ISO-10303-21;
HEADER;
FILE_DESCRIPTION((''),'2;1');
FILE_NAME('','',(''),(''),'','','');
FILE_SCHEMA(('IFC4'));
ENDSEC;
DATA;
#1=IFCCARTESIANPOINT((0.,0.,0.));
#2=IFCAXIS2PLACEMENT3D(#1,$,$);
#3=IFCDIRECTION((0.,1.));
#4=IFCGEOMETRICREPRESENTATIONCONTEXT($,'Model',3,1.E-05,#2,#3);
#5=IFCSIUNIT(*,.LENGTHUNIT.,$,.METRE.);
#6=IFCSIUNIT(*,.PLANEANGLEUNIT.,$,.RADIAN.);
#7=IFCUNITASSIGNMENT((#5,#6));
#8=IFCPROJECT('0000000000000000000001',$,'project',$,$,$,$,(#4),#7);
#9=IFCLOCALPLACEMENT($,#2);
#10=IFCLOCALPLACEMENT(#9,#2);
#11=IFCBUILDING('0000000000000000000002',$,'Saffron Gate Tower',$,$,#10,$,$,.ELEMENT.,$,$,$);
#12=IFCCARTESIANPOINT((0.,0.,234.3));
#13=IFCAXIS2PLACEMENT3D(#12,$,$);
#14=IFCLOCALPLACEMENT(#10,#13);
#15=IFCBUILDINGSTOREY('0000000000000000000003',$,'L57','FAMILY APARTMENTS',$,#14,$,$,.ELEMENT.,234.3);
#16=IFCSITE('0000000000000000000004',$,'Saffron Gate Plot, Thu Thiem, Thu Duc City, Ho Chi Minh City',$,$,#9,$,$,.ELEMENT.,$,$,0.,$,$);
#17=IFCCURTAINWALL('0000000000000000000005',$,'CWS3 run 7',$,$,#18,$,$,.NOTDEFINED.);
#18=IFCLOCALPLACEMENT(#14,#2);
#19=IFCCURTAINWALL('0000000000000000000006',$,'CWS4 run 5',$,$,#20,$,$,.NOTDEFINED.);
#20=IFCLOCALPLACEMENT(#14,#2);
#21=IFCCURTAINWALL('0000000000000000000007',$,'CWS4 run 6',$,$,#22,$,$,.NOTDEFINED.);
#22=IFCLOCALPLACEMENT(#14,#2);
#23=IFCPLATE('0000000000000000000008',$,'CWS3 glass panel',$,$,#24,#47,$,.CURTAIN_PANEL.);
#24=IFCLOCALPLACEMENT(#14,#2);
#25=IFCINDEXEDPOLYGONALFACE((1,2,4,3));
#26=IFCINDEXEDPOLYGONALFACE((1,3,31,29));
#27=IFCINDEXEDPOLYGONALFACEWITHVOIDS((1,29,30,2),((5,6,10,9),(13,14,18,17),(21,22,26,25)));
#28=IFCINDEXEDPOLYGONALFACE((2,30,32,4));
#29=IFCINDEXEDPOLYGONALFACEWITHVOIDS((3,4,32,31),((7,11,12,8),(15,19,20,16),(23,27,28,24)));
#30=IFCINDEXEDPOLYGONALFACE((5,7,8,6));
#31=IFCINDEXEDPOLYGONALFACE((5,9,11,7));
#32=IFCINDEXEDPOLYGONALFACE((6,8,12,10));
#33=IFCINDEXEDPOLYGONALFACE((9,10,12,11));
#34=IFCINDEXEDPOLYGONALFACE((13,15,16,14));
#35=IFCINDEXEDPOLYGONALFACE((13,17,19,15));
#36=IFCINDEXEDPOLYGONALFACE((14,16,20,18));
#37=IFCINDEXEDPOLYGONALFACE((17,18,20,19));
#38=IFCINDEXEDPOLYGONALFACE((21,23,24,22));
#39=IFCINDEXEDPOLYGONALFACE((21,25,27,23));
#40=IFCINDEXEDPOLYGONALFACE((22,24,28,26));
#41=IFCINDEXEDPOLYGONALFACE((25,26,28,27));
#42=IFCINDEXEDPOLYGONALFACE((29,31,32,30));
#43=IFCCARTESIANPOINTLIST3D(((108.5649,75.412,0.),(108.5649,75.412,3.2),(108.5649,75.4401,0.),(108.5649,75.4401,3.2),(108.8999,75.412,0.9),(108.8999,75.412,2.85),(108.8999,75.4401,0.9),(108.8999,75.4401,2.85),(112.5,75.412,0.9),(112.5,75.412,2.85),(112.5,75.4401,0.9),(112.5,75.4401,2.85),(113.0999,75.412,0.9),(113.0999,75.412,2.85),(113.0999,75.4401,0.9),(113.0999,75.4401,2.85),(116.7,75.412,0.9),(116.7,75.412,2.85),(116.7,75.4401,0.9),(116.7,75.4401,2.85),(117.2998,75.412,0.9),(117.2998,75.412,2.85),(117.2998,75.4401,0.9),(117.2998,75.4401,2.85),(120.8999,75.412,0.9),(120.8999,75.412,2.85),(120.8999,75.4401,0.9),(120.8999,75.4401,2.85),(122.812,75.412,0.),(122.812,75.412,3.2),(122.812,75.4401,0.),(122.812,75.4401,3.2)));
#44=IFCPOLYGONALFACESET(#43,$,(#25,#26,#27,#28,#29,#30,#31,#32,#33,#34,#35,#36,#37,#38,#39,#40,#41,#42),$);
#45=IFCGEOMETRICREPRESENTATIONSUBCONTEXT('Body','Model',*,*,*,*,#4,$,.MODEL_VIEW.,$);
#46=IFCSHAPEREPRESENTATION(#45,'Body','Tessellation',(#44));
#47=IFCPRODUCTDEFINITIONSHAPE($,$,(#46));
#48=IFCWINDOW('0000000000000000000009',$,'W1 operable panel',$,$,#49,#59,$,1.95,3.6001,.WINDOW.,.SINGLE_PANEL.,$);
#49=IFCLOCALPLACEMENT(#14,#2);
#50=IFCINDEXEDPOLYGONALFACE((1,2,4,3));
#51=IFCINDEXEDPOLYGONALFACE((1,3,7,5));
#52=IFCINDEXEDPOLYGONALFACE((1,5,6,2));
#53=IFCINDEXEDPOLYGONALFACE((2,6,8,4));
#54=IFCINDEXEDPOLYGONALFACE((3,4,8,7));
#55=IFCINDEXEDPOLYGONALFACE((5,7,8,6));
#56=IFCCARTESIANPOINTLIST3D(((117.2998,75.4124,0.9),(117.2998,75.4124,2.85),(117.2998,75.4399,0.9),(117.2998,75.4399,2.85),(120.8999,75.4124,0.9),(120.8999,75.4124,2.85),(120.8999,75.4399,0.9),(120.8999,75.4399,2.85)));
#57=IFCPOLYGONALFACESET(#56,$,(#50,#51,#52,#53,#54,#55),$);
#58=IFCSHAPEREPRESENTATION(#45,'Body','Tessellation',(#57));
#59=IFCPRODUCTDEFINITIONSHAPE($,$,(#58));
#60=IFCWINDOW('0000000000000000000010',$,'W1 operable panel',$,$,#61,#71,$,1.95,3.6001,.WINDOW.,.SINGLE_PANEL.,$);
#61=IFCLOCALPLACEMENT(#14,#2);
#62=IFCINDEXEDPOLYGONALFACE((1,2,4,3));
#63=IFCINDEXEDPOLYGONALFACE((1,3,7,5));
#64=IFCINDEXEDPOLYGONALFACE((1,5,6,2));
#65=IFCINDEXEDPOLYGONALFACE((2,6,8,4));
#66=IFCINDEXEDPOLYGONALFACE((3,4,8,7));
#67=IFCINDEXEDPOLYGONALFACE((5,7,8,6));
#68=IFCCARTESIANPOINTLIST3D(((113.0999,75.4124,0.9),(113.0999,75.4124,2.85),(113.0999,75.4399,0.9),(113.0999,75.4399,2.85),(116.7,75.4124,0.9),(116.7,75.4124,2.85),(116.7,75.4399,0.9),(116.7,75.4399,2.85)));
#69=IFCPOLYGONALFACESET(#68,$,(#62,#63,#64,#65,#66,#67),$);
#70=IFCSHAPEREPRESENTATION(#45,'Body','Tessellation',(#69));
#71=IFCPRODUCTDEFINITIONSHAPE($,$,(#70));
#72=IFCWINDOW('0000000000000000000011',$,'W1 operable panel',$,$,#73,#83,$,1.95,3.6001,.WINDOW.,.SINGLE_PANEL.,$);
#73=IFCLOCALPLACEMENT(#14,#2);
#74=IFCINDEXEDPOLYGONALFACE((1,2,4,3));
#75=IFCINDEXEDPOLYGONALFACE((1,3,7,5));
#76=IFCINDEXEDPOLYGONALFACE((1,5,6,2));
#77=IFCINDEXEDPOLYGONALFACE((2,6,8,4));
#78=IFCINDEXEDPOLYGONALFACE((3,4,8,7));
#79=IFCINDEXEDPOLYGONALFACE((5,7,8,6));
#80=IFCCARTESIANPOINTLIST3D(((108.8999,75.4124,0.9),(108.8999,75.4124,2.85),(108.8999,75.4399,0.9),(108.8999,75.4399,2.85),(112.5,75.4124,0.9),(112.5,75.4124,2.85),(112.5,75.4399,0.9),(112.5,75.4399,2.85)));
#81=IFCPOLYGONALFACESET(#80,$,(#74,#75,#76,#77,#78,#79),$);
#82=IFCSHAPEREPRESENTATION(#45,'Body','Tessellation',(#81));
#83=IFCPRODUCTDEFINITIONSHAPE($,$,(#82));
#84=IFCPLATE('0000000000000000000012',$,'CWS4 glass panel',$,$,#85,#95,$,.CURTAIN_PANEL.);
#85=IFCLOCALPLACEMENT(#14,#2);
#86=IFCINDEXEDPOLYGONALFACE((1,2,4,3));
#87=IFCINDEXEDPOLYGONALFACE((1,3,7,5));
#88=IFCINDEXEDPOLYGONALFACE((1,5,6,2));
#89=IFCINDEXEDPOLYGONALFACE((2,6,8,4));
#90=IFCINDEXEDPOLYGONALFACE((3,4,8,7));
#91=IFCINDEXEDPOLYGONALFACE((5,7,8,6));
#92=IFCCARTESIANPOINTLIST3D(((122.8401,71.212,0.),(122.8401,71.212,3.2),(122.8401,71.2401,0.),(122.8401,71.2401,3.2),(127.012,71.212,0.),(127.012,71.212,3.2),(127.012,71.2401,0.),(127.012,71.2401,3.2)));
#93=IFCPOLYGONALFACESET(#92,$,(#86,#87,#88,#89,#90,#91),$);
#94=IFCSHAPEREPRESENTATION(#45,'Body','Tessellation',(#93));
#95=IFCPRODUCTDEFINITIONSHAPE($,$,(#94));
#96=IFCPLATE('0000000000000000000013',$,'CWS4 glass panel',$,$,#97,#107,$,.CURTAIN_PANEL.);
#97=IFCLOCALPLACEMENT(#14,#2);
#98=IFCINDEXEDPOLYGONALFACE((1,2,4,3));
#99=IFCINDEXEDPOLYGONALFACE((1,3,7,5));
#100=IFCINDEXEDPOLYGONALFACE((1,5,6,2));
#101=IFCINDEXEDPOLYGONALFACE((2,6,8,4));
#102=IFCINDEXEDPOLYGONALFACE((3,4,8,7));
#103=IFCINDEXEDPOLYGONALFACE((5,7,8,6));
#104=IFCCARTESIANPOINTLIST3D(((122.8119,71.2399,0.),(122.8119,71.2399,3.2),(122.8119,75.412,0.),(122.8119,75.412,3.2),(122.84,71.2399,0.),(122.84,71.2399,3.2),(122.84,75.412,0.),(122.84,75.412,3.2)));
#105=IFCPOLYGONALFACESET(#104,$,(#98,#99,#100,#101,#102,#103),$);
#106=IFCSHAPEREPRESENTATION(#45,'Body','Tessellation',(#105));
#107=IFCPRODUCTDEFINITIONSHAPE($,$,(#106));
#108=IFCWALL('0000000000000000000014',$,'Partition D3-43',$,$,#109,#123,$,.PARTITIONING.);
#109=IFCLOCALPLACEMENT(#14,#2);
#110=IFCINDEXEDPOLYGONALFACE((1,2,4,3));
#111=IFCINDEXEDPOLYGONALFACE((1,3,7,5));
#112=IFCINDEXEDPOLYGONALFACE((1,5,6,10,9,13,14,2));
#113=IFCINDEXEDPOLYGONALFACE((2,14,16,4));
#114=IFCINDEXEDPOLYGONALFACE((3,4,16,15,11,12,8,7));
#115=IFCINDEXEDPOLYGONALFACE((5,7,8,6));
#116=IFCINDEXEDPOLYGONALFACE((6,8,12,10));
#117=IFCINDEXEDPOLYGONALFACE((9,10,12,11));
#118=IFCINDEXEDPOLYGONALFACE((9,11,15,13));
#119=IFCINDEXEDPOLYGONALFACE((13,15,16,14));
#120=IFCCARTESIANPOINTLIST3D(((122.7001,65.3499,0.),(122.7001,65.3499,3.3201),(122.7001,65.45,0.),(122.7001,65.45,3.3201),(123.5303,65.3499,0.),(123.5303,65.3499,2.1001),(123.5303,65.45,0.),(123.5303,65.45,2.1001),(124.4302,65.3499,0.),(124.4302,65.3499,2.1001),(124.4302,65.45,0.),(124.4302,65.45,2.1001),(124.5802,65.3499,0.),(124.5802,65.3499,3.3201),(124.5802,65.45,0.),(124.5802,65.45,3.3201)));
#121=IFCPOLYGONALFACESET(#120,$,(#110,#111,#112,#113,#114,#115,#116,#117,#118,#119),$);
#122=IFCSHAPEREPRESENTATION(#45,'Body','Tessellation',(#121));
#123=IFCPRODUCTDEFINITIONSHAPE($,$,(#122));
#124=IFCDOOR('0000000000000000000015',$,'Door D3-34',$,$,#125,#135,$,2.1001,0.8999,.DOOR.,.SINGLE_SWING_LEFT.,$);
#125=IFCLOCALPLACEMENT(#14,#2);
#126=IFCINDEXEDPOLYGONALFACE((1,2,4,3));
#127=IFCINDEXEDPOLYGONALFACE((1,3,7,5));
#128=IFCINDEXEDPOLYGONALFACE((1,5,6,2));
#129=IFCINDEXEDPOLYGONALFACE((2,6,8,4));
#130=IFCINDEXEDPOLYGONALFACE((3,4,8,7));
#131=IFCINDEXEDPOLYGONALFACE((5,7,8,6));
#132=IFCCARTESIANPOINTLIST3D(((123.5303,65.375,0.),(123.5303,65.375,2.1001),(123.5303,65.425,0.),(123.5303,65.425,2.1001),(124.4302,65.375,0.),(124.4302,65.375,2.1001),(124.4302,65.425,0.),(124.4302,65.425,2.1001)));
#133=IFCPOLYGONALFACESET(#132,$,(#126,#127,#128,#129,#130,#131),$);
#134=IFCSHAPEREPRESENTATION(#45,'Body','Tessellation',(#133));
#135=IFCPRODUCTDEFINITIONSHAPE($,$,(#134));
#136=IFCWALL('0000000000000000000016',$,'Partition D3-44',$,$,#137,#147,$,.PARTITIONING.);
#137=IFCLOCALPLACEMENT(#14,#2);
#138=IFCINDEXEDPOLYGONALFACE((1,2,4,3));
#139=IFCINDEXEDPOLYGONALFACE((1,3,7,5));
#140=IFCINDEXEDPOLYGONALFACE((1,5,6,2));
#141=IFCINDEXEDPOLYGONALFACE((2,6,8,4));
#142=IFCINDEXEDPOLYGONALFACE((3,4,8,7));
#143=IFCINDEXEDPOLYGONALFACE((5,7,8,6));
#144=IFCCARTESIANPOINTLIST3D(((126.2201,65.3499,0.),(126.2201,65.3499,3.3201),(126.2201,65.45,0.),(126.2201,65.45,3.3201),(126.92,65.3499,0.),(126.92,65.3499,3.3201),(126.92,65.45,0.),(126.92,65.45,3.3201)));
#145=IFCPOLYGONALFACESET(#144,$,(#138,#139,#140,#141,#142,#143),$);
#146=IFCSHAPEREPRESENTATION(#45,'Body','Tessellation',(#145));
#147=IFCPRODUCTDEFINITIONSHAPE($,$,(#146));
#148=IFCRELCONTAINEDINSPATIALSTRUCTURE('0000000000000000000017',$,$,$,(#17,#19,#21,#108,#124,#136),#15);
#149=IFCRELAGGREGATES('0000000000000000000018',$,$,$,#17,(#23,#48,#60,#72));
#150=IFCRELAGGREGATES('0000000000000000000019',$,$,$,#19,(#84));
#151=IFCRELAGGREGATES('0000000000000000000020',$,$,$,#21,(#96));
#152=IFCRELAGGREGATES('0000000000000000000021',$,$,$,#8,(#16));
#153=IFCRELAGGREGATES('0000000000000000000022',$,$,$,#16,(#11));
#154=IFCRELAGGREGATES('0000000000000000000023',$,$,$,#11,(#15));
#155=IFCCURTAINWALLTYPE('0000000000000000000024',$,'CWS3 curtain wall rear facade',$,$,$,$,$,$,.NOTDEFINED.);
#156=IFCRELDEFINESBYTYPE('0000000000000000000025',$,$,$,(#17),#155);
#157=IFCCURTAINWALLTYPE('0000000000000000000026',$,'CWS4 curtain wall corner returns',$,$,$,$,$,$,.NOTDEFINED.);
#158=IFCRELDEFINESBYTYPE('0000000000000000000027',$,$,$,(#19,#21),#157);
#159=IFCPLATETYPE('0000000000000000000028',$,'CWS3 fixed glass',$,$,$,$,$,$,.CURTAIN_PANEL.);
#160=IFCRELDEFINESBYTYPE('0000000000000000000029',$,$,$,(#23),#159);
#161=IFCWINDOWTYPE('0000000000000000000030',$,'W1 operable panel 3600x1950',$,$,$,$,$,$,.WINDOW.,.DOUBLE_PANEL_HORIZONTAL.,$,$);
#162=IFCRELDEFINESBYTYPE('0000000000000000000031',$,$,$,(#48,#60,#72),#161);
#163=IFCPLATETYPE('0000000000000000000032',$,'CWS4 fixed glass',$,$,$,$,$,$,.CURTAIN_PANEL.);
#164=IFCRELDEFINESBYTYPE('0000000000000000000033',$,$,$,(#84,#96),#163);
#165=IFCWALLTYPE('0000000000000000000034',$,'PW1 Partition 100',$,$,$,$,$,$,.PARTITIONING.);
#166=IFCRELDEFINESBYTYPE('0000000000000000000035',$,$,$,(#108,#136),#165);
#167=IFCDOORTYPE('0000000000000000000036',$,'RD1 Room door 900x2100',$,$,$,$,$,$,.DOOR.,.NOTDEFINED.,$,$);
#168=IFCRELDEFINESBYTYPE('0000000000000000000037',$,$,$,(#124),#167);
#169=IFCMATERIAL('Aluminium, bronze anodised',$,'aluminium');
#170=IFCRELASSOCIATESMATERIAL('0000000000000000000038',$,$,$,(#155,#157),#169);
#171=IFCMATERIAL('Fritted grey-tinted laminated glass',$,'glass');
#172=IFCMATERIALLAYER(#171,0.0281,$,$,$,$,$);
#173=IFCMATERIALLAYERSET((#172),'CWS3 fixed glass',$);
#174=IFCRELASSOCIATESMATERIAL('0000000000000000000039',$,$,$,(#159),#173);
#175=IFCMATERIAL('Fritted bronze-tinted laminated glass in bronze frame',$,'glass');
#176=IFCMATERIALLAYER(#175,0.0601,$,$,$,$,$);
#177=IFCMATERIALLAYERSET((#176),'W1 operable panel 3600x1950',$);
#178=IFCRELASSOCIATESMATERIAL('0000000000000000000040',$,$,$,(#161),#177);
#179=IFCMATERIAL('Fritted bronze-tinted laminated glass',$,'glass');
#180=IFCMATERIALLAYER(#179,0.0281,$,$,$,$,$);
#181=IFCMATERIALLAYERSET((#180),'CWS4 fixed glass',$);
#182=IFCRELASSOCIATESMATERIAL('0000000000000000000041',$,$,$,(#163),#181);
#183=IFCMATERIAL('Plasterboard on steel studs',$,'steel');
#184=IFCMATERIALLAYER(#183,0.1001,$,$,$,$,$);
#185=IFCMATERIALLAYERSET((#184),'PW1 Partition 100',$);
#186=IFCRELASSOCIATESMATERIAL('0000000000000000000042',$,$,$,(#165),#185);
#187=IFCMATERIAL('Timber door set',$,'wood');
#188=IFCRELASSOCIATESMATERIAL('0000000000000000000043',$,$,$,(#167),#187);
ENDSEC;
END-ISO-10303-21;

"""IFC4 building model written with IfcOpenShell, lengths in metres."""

from ifc_helpers import new_model, si_unit, direction, frame, frame_2d, origin, place, context, subcontext, project, spatial, rectangle, extrude, material, layer, layer_set, type_object, element, fill, aggregate, save


model = new_model("IFC4")

# Units and contexts
model_context = context("Model", 3, precision=1e-05, world=origin(), true_north=direction((0.0, 1.0)))
body_context = subcontext(model_context, "Body", "Model", "MODEL_VIEW")
ifc_project = project(units=[si_unit("LENGTHUNIT", "METRE"), si_unit("PLANEANGLEUNIT", "RADIAN")], contexts=[model_context])

# Site, building, storey
site_placement = place(None, origin())
site = spatial("IfcSite", under=ifc_project, at=site_placement, Name="Saffron Gate Plot, Thu Thiem, Thu Duc City, Ho Chi Minh City", CompositionType="ELEMENT", RefElevation=0.0)
building_placement = place(site_placement, origin())
building = spatial("IfcBuilding", under=site, at=building_placement, Name="Saffron Gate Tower", CompositionType="ELEMENT")
storey_placement = place(building_placement, frame((0.0, 0.0, 234.3)))
storey = spatial("IfcBuildingStorey", under=building, at=storey_placement, Name="L57", Description="FAMILY APARTMENTS", CompositionType="ELEMENT", Elevation=234.3)

# Curtain wall
ifc_material_1 = material(Name="Aluminium, bronze anodised", Category="aluminium")
curtain_wall_type_1 = type_object("IfcCurtainWallType", Name="CWS3 curtain wall rear facade", PredefinedType="NOTDEFINED", material=ifc_material_1)
curtain_wall_1_placement = place(storey_placement, origin())
curtain_wall_1 = element("IfcCurtainWall", 1, at=curtain_wall_1_placement, inside=storey, type_object=curtain_wall_type_1, Name="CWS3 run 7", PredefinedType="NOTDEFINED")

# Curtain walls
curtain_wall_type_2 = type_object("IfcCurtainWallType", Name="CWS4 curtain wall corner returns", PredefinedType="NOTDEFINED", material=ifc_material_1)
curtain_wall_2_placement = place(storey_placement, origin())
curtain_wall_2 = element("IfcCurtainWall", 2, at=curtain_wall_2_placement, inside=storey, type_object=curtain_wall_type_2, Name="CWS4 run 5", PredefinedType="NOTDEFINED")
curtain_wall_3_placement = place(storey_placement, origin())
curtain_wall_3 = element("IfcCurtainWall", 3, at=curtain_wall_3_placement, inside=storey, type_object=curtain_wall_type_2, Name="CWS4 run 6", PredefinedType="NOTDEFINED")

# Plate, openings, windows
ifc_material_2 = material(Name="Fritted grey-tinted laminated glass", Category="glass")
ifc_layer_1 = layer(ifc_material_2, 0.0281)
ifc_layer_set_1 = layer_set([ifc_layer_1], Name="CWS3 fixed glass")
plate_type_1 = type_object("IfcPlateType", Name="CWS3 fixed glass", PredefinedType="CURTAIN_PANEL", material=ifc_layer_set_1)
plate_1_placement = place(storey_placement, frame((122.812, 75.426, 0.0), z_axis=(0.0, 0.0, 1.0), x_axis=(-1.0, 0.0, 0.0)))
plate_1 = element("IfcPlate", 4, at=plate_1_placement, type_object=plate_type_1, Name="CWS3 glass panel", PredefinedType="CURTAIN_PANEL", context=body_context, shape_type="SweptSolid", body=[
    extrude(rectangle(XDim=14.2471, YDim=0.0281, at=frame_2d((7.1235, 0.0))), origin(), (0.0, 0.0, 1.0), 3.2),
])
opening_1_placement = place(plate_1_placement, frame((1.9121, 0.0, 0.8999)))
opening_1 = element("IfcOpeningElement", 5, at=opening_1_placement, cuts=plate_1, PredefinedType="OPENING", context=body_context, shape_type="SweptSolid", body=[
    extrude(rectangle(XDim=3.6001, YDim=1.95, at=frame_2d((1.8, 0.9751))), frame((0.0, 0.0239, 0.0), z_axis=(0.0, -1.0, 0.0), x_axis=(1.0, 0.0, 0.0)), (0.0, 0.0, 1.0), 0.0481),
])
opening_2_placement = place(plate_1_placement, frame((6.1121, 0.0, 0.8999)))
opening_2 = element("IfcOpeningElement", 6, at=opening_2_placement, cuts=plate_1, PredefinedType="OPENING", context=body_context, shape_type="SweptSolid", body=[
    extrude(rectangle(XDim=3.6001, YDim=1.95, at=frame_2d((1.8, 0.9751))), frame((0.0, 0.0239, 0.0), z_axis=(0.0, -1.0, 0.0), x_axis=(1.0, 0.0, 0.0)), (0.0, 0.0, 1.0), 0.0481),
])
opening_3_placement = place(plate_1_placement, frame((10.312, 0.0, 0.8999)))
opening_3 = element("IfcOpeningElement", 7, at=opening_3_placement, cuts=plate_1, PredefinedType="OPENING", context=body_context, shape_type="SweptSolid", body=[
    extrude(rectangle(XDim=3.6001, YDim=1.95, at=frame_2d((1.8, 0.9751))), frame((0.0, 0.0239, 0.0), z_axis=(0.0, -1.0, 0.0), x_axis=(1.0, 0.0, 0.0)), (0.0, 0.0, 1.0), 0.0481),
])
ifc_material_3 = material(Name="Fritted bronze-tinted laminated glass in bronze frame", Category="glass")
ifc_layer_2 = layer(ifc_material_3, 0.0601)
ifc_layer_set_2 = layer_set([ifc_layer_2], Name="W1 operable panel 3600x1950")
window_type = type_object("IfcWindowType", Name="W1 operable panel 3600x1950", PartitioningType="DOUBLE_PANEL_HORIZONTAL", PredefinedType="WINDOW", material=ifc_layer_set_2)
window_1_placement = place(opening_1_placement, origin())
window_1 = element("IfcWindow", 8, at=window_1_placement, type_object=window_type, Name="W1 operable panel", OverallHeight=1.95, OverallWidth=3.6001, PartitioningType="SINGLE_PANEL", PredefinedType="WINDOW", context=body_context, shape_type="SweptSolid", body=[
    extrude(rectangle(XDim=3.6001, YDim=1.95, at=frame_2d((1.8, 0.9751))), frame((0.0, 0.0137, 0.0), z_axis=(0.0, -1.0, 0.0), x_axis=(1.0, 0.0, 0.0)), (0.0, 0.0, 1.0), 0.0276),
])
fill(opening_1, window_1)
window_2_placement = place(opening_2_placement, origin())
window_2 = element("IfcWindow", 9, at=window_2_placement, type_object=window_type, Name="W1 operable panel", OverallHeight=1.95, OverallWidth=3.6001, PartitioningType="SINGLE_PANEL", PredefinedType="WINDOW", context=body_context, shape_type="SweptSolid", body=[
    extrude(rectangle(XDim=3.6001, YDim=1.95, at=frame_2d((1.8, 0.9751))), frame((0.0, 0.0137, 0.0), z_axis=(0.0, -1.0, 0.0), x_axis=(1.0, 0.0, 0.0)), (0.0, 0.0, 1.0), 0.0276),
])
fill(opening_2, window_2)
window_3_placement = place(opening_3_placement, origin())
window_3 = element("IfcWindow", 10, at=window_3_placement, type_object=window_type, Name="W1 operable panel", OverallHeight=1.95, OverallWidth=3.6001, PartitioningType="SINGLE_PANEL", PredefinedType="WINDOW", context=body_context, shape_type="SweptSolid", body=[
    extrude(rectangle(XDim=3.6001, YDim=1.95, at=frame_2d((1.8, 0.9751))), frame((0.0, 0.0137, 0.0), z_axis=(0.0, -1.0, 0.0), x_axis=(1.0, 0.0, 0.0)), (0.0, 0.0, 1.0), 0.0276),
])
fill(opening_3, window_3)
aggregate(curtain_wall_1, [plate_1, window_1, window_2, window_3])

# Plates
ifc_material_4 = material(Name="Fritted bronze-tinted laminated glass", Category="glass")
ifc_layer_3 = layer(ifc_material_4, 0.0281)
ifc_layer_set_3 = layer_set([ifc_layer_3], Name="CWS4 fixed glass")
plate_type_2 = type_object("IfcPlateType", Name="CWS4 fixed glass", PredefinedType="CURTAIN_PANEL", material=ifc_layer_set_3)
plate_2_placement = place(storey_placement, frame((127.012, 71.2261, 0.0), z_axis=(0.0, 0.0, 1.0), x_axis=(-1.0, 0.0, 0.0)))
plate_2 = element("IfcPlate", 11, at=plate_2_placement, type_object=plate_type_2, Name="CWS4 glass panel", PredefinedType="CURTAIN_PANEL", context=body_context, shape_type="SweptSolid", body=[
    extrude(rectangle(XDim=4.1719, YDim=0.0281, at=frame_2d((2.0859, 0.0))), origin(), (0.0, 0.0, 1.0), 3.2),
])
aggregate(curtain_wall_2, [plate_2])
plate_3_placement = place(storey_placement, frame((122.8259, 71.24, 0.0), z_axis=(0.0, 0.0, 1.0), x_axis=(0.0, 1.0, 0.0)))
plate_3 = element("IfcPlate", 12, at=plate_3_placement, type_object=plate_type_2, Name="CWS4 glass panel", PredefinedType="CURTAIN_PANEL", context=body_context, shape_type="SweptSolid", body=[
    extrude(rectangle(XDim=4.1721, YDim=0.0281, at=frame_2d((2.0859, 0.0))), origin(), (0.0, 0.0, 1.0), 3.2),
])
aggregate(curtain_wall_3, [plate_3])

# Wall, opening, door
ifc_material_5 = material(Name="Plasterboard on steel studs", Category="steel")
ifc_layer_4 = layer(ifc_material_5, 0.1001)
ifc_layer_set_4 = layer_set([ifc_layer_4], Name="PW1 Partition 100")
wall_type = type_object("IfcWallType", Name="PW1 Partition 100", PredefinedType="PARTITIONING", material=ifc_layer_set_4)
wall_1_placement = place(storey_placement, frame((124.5801, 65.3999, 0.0), z_axis=(0.0, 0.0, 1.0), x_axis=(-1.0, 0.0, 0.0)))
wall_1 = element("IfcWall", 13, at=wall_1_placement, inside=storey, type_object=wall_type, Name="Partition D3-43", PredefinedType="PARTITIONING", context=body_context, shape_type="SweptSolid", body=[
    extrude(rectangle(XDim=1.8801, YDim=0.1001, at=frame_2d((0.9399, 0.0))), origin(), (0.0, 0.0, 1.0), 3.3201),
])
opening_4_placement = place(wall_1_placement, frame((0.1499, 0.0, 0.0)))
opening_4 = element("IfcOpeningElement", 14, at=opening_4_placement, cuts=wall_1, PredefinedType="OPENING", context=body_context, shape_type="SweptSolid", body=[
    extrude(rectangle(XDim=0.8999, YDim=2.1001, at=frame_2d((0.45, 1.05))), frame((0.0, 0.0601, 0.0), z_axis=(0.0, -1.0, 0.0), x_axis=(1.0, 0.0, 0.0)), (0.0, 0.0, 1.0), 0.1201),
])
ifc_material_6 = material(Name="Timber door set", Category="wood")
door_type = type_object("IfcDoorType", Name="RD1 Room door 900x2100", OperationType="NOTDEFINED", PredefinedType="DOOR", material=ifc_material_6)
door_placement = place(opening_4_placement, origin())
door = element("IfcDoor", 15, at=door_placement, inside=storey, type_object=door_type, Name="Door D3-34", OperationType="SINGLE_SWING_LEFT", OverallHeight=2.1001, OverallWidth=0.8999, PredefinedType="DOOR", context=body_context, shape_type="SweptSolid", body=[
    extrude(rectangle(XDim=0.8999, YDim=2.1001, at=frame_2d((0.45, 1.05))), frame((0.0, 0.0249, 0.0), z_axis=(0.0, -1.0, 0.0), x_axis=(1.0, 0.0, 0.0)), (0.0, 0.0, 1.0), 0.05),
])
fill(opening_4, door)

# Wall
wall_2_placement = place(storey_placement, frame((126.22, 65.3999, 0.0), z_axis=(0.0, 0.0, 1.0), x_axis=(1.0, 0.0, 0.0)))
element("IfcWall", 16, at=wall_2_placement, inside=storey, type_object=wall_type, Name="Partition D3-44", PredefinedType="PARTITIONING", context=body_context, shape_type="SweptSolid", body=[
    extrude(rectangle(XDim=0.7, YDim=0.1001, at=frame_2d((0.3501, 0.0))), origin(), (0.0, 0.0, 1.0), 3.3201),
])

save(model, "model.ifc")
